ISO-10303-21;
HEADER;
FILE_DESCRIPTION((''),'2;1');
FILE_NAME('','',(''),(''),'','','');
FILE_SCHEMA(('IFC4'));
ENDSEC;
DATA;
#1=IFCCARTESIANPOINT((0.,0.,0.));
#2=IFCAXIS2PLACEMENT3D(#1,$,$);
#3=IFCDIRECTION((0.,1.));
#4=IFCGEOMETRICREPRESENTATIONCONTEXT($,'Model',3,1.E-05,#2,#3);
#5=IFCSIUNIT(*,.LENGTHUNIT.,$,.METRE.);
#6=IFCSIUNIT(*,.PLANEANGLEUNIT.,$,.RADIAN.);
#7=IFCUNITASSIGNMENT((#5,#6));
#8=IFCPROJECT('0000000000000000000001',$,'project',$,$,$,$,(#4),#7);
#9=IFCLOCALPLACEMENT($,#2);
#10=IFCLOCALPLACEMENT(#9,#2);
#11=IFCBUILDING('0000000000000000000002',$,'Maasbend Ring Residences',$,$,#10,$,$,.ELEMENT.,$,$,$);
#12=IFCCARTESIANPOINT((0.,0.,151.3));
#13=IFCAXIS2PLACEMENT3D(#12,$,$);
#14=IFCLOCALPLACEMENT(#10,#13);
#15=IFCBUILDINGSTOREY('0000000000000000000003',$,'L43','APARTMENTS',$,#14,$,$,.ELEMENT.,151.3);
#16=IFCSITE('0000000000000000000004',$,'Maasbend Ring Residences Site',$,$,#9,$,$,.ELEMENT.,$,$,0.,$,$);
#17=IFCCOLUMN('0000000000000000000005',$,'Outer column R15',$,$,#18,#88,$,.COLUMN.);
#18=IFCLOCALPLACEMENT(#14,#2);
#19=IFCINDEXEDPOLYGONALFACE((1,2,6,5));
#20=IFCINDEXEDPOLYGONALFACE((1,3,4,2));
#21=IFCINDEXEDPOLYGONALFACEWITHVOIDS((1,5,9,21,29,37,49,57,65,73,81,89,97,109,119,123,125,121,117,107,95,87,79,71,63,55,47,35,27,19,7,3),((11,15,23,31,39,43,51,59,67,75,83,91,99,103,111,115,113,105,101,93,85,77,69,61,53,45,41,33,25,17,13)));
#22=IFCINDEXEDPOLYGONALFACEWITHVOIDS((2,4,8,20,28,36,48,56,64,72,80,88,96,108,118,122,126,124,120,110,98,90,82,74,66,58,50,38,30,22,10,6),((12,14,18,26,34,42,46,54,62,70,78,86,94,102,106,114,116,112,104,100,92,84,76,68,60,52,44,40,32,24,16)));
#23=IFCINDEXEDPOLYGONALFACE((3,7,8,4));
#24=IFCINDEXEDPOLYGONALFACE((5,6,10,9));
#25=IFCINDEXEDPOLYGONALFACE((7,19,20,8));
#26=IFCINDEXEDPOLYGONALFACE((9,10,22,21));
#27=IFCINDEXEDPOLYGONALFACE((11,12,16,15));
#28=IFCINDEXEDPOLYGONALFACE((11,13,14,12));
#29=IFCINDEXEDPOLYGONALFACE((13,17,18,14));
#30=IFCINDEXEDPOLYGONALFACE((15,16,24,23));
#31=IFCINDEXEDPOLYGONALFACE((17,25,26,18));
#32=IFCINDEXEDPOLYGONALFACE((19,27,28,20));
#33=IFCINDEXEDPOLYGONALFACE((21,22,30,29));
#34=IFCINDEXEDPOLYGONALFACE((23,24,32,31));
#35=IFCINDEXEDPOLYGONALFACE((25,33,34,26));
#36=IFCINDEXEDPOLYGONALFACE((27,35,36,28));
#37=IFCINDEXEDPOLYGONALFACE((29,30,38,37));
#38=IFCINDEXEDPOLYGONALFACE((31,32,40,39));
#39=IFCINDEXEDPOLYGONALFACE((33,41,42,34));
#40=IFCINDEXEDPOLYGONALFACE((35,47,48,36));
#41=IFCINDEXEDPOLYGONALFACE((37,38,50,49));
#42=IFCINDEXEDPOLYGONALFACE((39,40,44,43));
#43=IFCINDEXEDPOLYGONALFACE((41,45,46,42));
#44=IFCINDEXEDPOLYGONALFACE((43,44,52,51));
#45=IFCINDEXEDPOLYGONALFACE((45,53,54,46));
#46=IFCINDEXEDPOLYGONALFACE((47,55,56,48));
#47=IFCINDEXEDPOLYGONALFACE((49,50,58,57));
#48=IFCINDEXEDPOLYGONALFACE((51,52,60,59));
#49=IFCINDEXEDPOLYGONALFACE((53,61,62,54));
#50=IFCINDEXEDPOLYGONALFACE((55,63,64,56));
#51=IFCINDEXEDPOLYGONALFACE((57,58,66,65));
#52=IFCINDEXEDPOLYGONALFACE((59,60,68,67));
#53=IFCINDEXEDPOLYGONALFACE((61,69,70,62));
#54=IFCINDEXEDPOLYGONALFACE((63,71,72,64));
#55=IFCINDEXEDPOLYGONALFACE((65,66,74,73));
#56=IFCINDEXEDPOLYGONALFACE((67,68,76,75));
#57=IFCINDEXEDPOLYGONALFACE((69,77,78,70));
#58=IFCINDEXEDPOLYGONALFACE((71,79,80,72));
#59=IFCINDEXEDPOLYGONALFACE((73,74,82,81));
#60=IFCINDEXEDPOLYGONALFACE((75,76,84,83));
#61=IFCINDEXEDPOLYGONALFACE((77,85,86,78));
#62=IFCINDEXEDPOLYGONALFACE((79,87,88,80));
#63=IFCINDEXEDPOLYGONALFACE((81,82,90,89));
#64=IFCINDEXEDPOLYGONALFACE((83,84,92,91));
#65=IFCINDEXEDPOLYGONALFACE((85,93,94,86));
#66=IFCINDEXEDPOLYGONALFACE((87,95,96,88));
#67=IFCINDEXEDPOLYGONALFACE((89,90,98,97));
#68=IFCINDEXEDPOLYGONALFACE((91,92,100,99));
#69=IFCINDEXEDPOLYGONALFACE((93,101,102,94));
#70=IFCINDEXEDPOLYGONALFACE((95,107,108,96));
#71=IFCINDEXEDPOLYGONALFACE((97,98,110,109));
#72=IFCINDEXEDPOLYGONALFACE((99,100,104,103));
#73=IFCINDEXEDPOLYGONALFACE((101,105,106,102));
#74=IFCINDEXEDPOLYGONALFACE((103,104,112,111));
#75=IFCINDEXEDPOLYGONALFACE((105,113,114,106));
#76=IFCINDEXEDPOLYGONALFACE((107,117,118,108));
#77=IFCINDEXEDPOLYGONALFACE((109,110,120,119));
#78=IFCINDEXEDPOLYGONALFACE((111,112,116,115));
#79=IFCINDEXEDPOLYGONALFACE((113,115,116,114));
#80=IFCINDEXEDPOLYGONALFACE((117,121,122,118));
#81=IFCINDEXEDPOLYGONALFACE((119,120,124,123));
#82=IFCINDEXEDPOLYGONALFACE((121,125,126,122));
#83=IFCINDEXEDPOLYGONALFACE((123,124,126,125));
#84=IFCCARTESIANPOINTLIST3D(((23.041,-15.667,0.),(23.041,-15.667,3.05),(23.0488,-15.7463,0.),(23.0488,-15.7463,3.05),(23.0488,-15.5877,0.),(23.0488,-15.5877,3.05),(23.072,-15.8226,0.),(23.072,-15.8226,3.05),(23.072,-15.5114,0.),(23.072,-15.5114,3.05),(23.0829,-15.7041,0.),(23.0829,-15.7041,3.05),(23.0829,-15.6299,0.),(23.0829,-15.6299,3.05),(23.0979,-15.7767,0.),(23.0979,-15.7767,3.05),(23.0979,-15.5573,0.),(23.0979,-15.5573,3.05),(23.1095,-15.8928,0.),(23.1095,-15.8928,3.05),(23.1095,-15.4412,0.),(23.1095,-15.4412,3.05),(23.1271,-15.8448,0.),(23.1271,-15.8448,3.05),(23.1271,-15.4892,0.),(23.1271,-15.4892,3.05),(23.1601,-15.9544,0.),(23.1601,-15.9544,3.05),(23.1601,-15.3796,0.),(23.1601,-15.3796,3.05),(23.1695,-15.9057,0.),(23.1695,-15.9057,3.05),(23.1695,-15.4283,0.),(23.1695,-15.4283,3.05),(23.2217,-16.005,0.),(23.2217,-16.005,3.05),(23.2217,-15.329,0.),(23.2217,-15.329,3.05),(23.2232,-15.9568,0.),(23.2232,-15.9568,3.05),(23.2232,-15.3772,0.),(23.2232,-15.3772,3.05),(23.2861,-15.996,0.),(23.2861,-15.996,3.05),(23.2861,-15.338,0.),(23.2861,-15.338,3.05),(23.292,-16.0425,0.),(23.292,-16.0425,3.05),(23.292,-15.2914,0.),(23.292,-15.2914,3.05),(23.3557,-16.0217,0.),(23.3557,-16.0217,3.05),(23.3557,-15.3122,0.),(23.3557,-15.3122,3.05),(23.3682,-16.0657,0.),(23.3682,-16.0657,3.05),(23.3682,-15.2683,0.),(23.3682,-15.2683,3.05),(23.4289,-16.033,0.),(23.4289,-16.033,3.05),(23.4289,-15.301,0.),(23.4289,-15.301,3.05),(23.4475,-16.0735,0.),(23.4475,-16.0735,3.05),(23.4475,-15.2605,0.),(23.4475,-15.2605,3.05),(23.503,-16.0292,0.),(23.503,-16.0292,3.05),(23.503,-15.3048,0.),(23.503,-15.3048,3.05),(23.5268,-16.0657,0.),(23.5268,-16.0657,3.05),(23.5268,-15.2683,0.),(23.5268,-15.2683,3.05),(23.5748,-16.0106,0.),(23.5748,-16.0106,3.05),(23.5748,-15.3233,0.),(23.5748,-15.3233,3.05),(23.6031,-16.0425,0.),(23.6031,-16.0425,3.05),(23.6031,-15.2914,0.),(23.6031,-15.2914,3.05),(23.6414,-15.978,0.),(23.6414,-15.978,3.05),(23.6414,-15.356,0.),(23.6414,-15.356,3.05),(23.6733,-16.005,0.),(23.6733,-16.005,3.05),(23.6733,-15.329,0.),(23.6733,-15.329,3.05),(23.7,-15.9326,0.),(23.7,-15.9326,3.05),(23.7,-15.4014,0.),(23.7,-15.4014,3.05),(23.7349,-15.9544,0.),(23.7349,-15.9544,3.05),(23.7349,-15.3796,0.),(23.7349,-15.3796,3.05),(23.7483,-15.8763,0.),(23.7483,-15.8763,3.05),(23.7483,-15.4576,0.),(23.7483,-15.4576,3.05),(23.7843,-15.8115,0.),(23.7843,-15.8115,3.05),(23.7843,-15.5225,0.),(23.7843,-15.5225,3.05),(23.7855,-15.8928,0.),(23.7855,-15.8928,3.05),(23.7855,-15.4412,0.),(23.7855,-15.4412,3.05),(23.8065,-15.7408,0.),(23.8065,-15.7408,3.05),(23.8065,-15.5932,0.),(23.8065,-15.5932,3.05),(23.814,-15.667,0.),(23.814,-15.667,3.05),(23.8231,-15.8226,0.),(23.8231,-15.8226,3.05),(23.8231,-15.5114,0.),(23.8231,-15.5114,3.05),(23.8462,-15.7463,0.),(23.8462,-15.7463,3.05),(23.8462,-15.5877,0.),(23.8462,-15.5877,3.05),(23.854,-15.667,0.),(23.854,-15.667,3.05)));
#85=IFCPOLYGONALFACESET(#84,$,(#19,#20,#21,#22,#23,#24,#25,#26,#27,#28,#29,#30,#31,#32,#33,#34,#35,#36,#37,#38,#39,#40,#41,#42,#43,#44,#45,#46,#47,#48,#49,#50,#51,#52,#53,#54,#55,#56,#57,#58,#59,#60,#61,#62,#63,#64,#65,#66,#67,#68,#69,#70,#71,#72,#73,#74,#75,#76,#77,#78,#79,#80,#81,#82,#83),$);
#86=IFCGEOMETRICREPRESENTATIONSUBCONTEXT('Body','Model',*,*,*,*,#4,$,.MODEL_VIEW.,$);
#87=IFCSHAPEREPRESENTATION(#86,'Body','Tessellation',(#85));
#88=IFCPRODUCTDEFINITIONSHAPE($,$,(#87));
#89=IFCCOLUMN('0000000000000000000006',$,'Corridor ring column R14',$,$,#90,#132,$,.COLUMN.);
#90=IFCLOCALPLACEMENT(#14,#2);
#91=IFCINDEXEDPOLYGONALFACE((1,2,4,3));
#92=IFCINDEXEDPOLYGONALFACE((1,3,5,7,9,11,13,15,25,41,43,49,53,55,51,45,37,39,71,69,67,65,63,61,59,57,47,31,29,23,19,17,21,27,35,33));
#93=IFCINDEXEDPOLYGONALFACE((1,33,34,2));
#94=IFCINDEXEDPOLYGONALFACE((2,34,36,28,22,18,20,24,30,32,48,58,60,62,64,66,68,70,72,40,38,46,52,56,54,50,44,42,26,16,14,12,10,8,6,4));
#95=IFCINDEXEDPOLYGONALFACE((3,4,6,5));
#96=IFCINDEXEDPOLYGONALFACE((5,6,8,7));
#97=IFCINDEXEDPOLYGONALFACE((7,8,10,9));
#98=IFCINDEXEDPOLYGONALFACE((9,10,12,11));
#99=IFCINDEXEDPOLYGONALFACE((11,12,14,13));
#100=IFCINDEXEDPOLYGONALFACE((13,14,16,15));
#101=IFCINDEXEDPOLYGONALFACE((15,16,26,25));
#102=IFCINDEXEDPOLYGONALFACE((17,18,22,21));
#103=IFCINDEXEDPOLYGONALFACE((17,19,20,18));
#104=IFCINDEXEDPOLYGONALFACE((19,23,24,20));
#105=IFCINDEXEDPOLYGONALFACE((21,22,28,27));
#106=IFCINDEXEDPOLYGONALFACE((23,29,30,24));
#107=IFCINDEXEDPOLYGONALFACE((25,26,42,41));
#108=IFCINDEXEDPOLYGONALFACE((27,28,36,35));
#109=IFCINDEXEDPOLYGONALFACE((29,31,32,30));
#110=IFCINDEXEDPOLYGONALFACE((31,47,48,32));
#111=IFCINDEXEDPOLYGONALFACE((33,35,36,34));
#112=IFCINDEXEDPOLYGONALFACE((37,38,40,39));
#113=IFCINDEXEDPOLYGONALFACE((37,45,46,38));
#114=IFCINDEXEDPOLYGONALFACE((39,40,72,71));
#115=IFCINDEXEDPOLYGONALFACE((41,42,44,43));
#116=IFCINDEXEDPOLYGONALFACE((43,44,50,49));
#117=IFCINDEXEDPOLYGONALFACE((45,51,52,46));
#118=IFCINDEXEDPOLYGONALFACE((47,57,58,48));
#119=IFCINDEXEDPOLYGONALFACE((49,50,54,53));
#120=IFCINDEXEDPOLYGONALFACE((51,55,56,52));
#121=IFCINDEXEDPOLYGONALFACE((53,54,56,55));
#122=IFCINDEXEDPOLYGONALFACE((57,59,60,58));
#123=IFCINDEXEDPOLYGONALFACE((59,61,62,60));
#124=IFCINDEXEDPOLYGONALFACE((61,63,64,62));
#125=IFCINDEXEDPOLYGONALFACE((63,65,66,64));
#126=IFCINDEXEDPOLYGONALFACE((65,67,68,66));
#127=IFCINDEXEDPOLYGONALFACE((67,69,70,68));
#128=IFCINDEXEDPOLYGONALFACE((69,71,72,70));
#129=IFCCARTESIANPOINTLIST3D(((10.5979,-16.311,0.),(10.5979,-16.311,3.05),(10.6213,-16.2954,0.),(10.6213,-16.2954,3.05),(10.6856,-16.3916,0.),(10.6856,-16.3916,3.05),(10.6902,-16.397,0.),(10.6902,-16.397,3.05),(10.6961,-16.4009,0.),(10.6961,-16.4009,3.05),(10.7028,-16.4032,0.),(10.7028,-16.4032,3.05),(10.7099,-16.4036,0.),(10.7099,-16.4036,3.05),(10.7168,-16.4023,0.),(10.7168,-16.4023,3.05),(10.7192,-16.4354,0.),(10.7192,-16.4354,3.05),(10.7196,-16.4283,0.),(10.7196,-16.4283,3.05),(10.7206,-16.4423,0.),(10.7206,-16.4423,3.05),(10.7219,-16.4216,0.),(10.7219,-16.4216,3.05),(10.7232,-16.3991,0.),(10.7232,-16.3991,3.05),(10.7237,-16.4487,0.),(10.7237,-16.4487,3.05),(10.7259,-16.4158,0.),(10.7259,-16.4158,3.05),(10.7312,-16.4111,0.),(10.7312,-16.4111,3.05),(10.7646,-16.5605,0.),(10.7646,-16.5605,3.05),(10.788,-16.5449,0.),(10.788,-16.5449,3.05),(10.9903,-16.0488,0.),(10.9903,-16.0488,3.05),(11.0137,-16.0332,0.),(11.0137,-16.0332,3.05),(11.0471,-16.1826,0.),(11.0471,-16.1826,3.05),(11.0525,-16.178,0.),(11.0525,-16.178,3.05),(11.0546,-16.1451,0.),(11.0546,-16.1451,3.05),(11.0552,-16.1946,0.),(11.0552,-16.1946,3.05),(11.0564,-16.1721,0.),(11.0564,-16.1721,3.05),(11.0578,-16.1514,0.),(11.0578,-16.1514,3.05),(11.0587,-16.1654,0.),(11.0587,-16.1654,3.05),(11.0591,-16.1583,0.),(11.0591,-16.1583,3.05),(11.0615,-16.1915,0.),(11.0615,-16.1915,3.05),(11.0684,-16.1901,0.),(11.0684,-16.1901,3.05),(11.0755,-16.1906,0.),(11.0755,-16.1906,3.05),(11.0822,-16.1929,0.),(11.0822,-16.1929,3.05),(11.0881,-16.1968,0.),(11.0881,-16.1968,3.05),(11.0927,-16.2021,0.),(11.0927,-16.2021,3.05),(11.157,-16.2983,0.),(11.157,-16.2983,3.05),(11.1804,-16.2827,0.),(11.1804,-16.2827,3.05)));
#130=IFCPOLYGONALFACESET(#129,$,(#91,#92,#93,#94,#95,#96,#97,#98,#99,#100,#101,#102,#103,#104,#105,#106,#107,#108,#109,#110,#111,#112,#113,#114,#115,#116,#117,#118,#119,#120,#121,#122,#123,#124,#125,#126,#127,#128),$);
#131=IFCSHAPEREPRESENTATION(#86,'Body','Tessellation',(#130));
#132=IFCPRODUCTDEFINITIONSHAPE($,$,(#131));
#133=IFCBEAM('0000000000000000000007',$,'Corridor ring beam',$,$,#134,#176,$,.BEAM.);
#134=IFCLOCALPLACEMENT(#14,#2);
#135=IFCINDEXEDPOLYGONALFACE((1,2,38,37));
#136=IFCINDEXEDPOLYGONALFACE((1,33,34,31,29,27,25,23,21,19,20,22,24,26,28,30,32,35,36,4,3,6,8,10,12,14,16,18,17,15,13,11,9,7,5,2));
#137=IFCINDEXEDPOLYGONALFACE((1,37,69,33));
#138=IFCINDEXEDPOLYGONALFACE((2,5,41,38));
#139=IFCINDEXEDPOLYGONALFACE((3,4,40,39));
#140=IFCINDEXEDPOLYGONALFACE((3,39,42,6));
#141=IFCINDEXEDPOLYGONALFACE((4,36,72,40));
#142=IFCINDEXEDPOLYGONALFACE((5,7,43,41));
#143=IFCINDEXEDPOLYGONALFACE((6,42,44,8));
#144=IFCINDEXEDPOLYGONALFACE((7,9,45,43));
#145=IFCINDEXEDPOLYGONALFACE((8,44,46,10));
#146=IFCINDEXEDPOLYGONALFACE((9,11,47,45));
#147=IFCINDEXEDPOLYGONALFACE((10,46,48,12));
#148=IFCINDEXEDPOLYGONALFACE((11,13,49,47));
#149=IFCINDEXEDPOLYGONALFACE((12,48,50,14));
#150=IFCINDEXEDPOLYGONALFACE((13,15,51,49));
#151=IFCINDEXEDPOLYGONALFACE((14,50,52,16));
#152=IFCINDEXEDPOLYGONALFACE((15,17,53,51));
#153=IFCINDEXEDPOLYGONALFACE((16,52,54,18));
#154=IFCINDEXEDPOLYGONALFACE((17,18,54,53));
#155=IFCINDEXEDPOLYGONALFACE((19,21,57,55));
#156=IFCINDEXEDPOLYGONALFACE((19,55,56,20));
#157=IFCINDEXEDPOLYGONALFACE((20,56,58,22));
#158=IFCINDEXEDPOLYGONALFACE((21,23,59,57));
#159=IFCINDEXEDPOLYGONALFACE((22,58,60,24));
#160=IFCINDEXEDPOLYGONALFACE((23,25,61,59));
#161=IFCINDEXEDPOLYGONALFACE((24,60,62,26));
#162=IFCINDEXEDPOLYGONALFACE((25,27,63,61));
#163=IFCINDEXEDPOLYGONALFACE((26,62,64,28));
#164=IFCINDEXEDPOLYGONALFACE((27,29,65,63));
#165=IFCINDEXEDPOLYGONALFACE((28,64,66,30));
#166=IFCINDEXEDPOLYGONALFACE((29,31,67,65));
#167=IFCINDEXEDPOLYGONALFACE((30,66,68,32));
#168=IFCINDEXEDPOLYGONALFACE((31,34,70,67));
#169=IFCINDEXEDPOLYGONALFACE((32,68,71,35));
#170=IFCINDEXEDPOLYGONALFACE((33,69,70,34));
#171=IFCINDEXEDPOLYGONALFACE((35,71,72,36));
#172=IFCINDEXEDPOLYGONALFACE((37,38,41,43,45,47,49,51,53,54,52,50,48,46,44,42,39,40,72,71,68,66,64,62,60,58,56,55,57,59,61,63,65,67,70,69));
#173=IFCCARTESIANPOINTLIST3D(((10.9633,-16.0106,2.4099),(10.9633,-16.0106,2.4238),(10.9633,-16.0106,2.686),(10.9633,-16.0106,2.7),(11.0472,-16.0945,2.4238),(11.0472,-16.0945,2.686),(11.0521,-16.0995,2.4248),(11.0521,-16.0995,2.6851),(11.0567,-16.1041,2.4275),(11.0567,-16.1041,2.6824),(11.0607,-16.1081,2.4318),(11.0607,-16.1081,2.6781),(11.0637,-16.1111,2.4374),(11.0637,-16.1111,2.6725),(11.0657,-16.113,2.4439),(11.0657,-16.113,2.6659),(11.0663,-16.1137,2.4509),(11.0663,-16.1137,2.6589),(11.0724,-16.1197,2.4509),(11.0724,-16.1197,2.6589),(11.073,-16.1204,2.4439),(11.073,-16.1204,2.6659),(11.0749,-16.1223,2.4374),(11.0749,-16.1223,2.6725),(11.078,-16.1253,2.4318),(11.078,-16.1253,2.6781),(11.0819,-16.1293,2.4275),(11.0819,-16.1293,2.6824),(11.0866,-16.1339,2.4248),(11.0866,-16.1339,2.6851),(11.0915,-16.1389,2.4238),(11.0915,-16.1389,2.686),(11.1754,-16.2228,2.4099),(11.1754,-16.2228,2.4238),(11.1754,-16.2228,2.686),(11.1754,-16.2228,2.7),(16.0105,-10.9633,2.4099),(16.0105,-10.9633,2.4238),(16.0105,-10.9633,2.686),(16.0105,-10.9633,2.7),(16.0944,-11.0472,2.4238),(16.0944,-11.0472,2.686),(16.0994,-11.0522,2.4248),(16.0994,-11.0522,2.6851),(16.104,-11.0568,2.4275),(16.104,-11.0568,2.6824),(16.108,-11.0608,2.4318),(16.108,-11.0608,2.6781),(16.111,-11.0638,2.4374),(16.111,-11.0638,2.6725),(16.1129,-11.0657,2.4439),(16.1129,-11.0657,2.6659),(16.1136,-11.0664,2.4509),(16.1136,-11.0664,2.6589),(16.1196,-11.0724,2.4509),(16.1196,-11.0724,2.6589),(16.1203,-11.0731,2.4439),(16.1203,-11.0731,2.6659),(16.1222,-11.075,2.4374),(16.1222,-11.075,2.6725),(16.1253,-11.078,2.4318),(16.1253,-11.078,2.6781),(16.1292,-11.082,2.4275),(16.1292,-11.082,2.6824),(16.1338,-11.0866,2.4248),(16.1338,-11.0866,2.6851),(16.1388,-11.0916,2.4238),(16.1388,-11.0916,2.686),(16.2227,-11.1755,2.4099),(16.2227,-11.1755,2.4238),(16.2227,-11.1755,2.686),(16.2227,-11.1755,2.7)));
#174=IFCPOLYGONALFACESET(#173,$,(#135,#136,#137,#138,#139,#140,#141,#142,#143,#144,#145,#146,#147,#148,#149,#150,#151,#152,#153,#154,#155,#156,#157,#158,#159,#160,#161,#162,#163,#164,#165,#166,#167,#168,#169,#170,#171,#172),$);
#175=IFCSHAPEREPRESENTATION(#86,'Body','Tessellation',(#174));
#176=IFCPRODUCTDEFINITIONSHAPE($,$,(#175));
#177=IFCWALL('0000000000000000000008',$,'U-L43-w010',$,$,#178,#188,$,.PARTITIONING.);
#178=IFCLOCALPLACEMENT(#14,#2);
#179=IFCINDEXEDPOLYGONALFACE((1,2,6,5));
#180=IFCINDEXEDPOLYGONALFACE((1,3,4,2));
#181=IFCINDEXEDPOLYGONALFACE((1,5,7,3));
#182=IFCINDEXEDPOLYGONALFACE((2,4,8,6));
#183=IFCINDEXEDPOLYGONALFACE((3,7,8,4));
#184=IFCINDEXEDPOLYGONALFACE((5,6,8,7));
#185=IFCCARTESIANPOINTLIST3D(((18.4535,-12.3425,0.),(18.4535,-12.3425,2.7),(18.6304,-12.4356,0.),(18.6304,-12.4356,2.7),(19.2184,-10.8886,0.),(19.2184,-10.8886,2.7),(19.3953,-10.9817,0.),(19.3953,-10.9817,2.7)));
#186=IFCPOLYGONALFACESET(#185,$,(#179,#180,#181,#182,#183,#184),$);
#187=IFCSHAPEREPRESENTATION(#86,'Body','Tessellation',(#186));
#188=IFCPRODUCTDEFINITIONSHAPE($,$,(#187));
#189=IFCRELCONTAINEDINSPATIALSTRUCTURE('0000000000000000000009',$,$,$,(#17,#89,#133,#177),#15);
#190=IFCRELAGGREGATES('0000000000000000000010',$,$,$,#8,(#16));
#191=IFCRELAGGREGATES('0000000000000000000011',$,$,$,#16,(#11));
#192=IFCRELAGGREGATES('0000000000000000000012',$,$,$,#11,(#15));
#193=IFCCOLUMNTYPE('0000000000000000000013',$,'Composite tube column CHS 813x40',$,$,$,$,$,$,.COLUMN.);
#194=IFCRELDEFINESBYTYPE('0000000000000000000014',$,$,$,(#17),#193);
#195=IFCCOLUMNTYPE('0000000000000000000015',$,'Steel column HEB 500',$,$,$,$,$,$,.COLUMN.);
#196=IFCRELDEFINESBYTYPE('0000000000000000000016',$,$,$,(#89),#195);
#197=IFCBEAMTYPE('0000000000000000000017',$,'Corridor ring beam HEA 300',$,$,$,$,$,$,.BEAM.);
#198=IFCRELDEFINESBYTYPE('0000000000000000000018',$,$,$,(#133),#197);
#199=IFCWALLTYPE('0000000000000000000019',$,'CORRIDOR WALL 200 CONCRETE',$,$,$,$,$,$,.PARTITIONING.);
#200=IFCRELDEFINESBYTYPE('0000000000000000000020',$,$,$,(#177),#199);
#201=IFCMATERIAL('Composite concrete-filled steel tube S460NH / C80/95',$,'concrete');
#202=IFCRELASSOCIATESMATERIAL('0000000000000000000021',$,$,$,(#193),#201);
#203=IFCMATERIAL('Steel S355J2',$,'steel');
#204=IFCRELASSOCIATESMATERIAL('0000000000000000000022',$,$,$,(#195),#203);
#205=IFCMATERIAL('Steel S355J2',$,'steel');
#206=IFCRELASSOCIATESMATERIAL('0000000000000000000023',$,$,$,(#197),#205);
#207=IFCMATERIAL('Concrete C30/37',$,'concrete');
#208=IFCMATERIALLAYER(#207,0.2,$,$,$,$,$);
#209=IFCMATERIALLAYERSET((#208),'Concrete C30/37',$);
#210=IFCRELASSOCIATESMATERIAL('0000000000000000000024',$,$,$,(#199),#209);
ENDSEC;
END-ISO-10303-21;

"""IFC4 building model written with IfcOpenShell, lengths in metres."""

from ifc_helpers import new_model, si_unit, direction, frame, frame_2d, origin, origin_2d, place, context, subcontext, project, spatial, rectangle, hollow_circle, i_section, extrude, material, layer, layer_set, material_profile, profile_set, type_object, element, save


model = new_model("IFC4")

# Units and contexts
model_context = context("Model", 3, precision=1e-05, world=origin(), true_north=direction((0.0, 1.0)))
body_context = subcontext(model_context, "Body", "Model", "MODEL_VIEW")
ifc_project = project(units=[si_unit("LENGTHUNIT", "METRE"), si_unit("PLANEANGLEUNIT", "RADIAN")], contexts=[model_context])

# Site, building, storey
site_placement = place(None, origin())
site = spatial("IfcSite", under=ifc_project, at=site_placement, Name="Maasbend Ring Residences Site", CompositionType="ELEMENT", RefElevation=0.0)
building_placement = place(site_placement, origin())
building = spatial("IfcBuilding", under=site, at=building_placement, Name="Maasbend Ring Residences", CompositionType="ELEMENT")
storey_placement = place(building_placement, frame((0.0, 0.0, 151.3)))
storey = spatial("IfcBuildingStorey", under=building, at=storey_placement, Name="L43", Description="APARTMENTS", CompositionType="ELEMENT", Elevation=151.3)

# Columns
ifc_material_1 = material(Name="Composite concrete-filled steel tube S460NH / C80/95", Category="concrete")
ifc_material_profile_1 = material_profile(ifc_material_1, hollow_circle(Radius=0.4065, WallThickness=0.04, at=origin_2d()), Name="Composite tube column CHS 813x40")
ifc_profile_set_1 = profile_set([ifc_material_profile_1], Name="Composite concrete-filled steel tube S460NH / C80/95")
column_type_1 = type_object("IfcColumnType", Name="Composite tube column CHS 813x40", PredefinedType="COLUMN", material=ifc_profile_set_1)
column_1_placement = place(storey_placement, frame((23.4475, -15.667, 0.0), z_axis=(0.0, 0.0, 1.0), x_axis=(1.0, 0.0, 0.0)))
element("IfcColumn", 1, at=column_1_placement, inside=storey, type_object=column_type_1, Name="Outer column R15", PredefinedType="COLUMN", context=body_context, shape_type="SweptSolid", body=[
    extrude(hollow_circle(Radius=0.4065, WallThickness=0.04, at=origin_2d()), origin(), (0.0, 0.0, 1.0), 3.05),
])
ifc_material_2 = material(Name="Steel S355J2", Category="steel")
ifc_material_profile_2 = material_profile(ifc_material_2, i_section(OverallWidth=0.3, OverallDepth=0.5, WebThickness=0.0144, FlangeThickness=0.0281, FilletRadius=0.0271, at=origin_2d()), Name="HEB 500")
ifc_profile_set_2 = profile_set([ifc_material_profile_2], Name="Steel S355J2")
column_type_2 = type_object("IfcColumnType", Name="Steel column HEB 500", PredefinedType="COLUMN", material=ifc_profile_set_2)
column_2_placement = place(storey_placement, frame((10.8892, -16.2969, 0.0), z_axis=(0.0, 0.0, 1.0), x_axis=(0.55557, -0.83147, 0.0)))
element("IfcColumn", 2, at=column_2_placement, inside=storey, type_object=column_type_2, Name="Corridor ring column R14", PredefinedType="COLUMN", context=body_context, shape_type="SweptSolid", body=[
    extrude(i_section(OverallWidth=0.3, OverallDepth=0.5, WebThickness=0.0144, FlangeThickness=0.0281, FilletRadius=0.0271, at=origin_2d()), origin(), (0.0, 0.0, 1.0), 3.05),
])

# Beam
ifc_material_3 = material(Name="Steel S355J2", Category="steel")
ifc_material_profile_3 = material_profile(ifc_material_3, i_section(OverallWidth=0.3, OverallDepth=0.29, WebThickness=0.0085, FlangeThickness=0.0139, FilletRadius=0.0271, at=origin_2d()), Name="HEA 300")
ifc_profile_set_3 = profile_set([ifc_material_profile_3], Name="Steel S355J2")
beam_type = type_object("IfcBeamType", Name="Corridor ring beam HEA 300", PredefinedType="BEAM", material=ifc_profile_set_3)
beam_placement = place(storey_placement, frame((11.0693, -16.1167, 2.5549), z_axis=(0.707107, 0.707107, 0.0), x_axis=(-0.707107, 0.707107, 0.0)))
element("IfcBeam", 3, at=beam_placement, inside=storey, type_object=beam_type, Name="Corridor ring beam", PredefinedType="BEAM", context=body_context, shape_type="SweptSolid", body=[
    extrude(i_section(OverallWidth=0.3, OverallDepth=0.29, WebThickness=0.0085, FlangeThickness=0.0139, FilletRadius=0.0271, at=origin_2d()), origin(), (0.0, 0.0, 1.0), 7.1379),
])

# Wall
ifc_material_4 = material(Name="Concrete C30/37", Category="concrete")
ifc_layer_1 = layer(ifc_material_4, 0.2)
ifc_layer_set_1 = layer_set([ifc_layer_1], Name="Concrete C30/37")
wall_type_1 = type_object("IfcWallType", Name="CORRIDOR WALL 200 CONCRETE", PredefinedType="PARTITIONING", material=ifc_layer_set_1)
wall_1_placement = place(storey_placement, frame((18.542, -12.3889, 0.0), z_axis=(0.0, 0.0, 1.0), x_axis=(0.465606, 0.884992, 0.0)))
element("IfcWall", 4, at=wall_1_placement, inside=storey, type_object=wall_type_1, Name="U-L43-w010", PredefinedType="PARTITIONING", context=body_context, shape_type="SweptSolid", body=[
    extrude(rectangle(XDim=1.6428, YDim=0.2, at=frame_2d((0.8213, 0.0))), origin(), (0.0, 0.0, 1.0), 2.7),
])

save(model, "model.ifc")
